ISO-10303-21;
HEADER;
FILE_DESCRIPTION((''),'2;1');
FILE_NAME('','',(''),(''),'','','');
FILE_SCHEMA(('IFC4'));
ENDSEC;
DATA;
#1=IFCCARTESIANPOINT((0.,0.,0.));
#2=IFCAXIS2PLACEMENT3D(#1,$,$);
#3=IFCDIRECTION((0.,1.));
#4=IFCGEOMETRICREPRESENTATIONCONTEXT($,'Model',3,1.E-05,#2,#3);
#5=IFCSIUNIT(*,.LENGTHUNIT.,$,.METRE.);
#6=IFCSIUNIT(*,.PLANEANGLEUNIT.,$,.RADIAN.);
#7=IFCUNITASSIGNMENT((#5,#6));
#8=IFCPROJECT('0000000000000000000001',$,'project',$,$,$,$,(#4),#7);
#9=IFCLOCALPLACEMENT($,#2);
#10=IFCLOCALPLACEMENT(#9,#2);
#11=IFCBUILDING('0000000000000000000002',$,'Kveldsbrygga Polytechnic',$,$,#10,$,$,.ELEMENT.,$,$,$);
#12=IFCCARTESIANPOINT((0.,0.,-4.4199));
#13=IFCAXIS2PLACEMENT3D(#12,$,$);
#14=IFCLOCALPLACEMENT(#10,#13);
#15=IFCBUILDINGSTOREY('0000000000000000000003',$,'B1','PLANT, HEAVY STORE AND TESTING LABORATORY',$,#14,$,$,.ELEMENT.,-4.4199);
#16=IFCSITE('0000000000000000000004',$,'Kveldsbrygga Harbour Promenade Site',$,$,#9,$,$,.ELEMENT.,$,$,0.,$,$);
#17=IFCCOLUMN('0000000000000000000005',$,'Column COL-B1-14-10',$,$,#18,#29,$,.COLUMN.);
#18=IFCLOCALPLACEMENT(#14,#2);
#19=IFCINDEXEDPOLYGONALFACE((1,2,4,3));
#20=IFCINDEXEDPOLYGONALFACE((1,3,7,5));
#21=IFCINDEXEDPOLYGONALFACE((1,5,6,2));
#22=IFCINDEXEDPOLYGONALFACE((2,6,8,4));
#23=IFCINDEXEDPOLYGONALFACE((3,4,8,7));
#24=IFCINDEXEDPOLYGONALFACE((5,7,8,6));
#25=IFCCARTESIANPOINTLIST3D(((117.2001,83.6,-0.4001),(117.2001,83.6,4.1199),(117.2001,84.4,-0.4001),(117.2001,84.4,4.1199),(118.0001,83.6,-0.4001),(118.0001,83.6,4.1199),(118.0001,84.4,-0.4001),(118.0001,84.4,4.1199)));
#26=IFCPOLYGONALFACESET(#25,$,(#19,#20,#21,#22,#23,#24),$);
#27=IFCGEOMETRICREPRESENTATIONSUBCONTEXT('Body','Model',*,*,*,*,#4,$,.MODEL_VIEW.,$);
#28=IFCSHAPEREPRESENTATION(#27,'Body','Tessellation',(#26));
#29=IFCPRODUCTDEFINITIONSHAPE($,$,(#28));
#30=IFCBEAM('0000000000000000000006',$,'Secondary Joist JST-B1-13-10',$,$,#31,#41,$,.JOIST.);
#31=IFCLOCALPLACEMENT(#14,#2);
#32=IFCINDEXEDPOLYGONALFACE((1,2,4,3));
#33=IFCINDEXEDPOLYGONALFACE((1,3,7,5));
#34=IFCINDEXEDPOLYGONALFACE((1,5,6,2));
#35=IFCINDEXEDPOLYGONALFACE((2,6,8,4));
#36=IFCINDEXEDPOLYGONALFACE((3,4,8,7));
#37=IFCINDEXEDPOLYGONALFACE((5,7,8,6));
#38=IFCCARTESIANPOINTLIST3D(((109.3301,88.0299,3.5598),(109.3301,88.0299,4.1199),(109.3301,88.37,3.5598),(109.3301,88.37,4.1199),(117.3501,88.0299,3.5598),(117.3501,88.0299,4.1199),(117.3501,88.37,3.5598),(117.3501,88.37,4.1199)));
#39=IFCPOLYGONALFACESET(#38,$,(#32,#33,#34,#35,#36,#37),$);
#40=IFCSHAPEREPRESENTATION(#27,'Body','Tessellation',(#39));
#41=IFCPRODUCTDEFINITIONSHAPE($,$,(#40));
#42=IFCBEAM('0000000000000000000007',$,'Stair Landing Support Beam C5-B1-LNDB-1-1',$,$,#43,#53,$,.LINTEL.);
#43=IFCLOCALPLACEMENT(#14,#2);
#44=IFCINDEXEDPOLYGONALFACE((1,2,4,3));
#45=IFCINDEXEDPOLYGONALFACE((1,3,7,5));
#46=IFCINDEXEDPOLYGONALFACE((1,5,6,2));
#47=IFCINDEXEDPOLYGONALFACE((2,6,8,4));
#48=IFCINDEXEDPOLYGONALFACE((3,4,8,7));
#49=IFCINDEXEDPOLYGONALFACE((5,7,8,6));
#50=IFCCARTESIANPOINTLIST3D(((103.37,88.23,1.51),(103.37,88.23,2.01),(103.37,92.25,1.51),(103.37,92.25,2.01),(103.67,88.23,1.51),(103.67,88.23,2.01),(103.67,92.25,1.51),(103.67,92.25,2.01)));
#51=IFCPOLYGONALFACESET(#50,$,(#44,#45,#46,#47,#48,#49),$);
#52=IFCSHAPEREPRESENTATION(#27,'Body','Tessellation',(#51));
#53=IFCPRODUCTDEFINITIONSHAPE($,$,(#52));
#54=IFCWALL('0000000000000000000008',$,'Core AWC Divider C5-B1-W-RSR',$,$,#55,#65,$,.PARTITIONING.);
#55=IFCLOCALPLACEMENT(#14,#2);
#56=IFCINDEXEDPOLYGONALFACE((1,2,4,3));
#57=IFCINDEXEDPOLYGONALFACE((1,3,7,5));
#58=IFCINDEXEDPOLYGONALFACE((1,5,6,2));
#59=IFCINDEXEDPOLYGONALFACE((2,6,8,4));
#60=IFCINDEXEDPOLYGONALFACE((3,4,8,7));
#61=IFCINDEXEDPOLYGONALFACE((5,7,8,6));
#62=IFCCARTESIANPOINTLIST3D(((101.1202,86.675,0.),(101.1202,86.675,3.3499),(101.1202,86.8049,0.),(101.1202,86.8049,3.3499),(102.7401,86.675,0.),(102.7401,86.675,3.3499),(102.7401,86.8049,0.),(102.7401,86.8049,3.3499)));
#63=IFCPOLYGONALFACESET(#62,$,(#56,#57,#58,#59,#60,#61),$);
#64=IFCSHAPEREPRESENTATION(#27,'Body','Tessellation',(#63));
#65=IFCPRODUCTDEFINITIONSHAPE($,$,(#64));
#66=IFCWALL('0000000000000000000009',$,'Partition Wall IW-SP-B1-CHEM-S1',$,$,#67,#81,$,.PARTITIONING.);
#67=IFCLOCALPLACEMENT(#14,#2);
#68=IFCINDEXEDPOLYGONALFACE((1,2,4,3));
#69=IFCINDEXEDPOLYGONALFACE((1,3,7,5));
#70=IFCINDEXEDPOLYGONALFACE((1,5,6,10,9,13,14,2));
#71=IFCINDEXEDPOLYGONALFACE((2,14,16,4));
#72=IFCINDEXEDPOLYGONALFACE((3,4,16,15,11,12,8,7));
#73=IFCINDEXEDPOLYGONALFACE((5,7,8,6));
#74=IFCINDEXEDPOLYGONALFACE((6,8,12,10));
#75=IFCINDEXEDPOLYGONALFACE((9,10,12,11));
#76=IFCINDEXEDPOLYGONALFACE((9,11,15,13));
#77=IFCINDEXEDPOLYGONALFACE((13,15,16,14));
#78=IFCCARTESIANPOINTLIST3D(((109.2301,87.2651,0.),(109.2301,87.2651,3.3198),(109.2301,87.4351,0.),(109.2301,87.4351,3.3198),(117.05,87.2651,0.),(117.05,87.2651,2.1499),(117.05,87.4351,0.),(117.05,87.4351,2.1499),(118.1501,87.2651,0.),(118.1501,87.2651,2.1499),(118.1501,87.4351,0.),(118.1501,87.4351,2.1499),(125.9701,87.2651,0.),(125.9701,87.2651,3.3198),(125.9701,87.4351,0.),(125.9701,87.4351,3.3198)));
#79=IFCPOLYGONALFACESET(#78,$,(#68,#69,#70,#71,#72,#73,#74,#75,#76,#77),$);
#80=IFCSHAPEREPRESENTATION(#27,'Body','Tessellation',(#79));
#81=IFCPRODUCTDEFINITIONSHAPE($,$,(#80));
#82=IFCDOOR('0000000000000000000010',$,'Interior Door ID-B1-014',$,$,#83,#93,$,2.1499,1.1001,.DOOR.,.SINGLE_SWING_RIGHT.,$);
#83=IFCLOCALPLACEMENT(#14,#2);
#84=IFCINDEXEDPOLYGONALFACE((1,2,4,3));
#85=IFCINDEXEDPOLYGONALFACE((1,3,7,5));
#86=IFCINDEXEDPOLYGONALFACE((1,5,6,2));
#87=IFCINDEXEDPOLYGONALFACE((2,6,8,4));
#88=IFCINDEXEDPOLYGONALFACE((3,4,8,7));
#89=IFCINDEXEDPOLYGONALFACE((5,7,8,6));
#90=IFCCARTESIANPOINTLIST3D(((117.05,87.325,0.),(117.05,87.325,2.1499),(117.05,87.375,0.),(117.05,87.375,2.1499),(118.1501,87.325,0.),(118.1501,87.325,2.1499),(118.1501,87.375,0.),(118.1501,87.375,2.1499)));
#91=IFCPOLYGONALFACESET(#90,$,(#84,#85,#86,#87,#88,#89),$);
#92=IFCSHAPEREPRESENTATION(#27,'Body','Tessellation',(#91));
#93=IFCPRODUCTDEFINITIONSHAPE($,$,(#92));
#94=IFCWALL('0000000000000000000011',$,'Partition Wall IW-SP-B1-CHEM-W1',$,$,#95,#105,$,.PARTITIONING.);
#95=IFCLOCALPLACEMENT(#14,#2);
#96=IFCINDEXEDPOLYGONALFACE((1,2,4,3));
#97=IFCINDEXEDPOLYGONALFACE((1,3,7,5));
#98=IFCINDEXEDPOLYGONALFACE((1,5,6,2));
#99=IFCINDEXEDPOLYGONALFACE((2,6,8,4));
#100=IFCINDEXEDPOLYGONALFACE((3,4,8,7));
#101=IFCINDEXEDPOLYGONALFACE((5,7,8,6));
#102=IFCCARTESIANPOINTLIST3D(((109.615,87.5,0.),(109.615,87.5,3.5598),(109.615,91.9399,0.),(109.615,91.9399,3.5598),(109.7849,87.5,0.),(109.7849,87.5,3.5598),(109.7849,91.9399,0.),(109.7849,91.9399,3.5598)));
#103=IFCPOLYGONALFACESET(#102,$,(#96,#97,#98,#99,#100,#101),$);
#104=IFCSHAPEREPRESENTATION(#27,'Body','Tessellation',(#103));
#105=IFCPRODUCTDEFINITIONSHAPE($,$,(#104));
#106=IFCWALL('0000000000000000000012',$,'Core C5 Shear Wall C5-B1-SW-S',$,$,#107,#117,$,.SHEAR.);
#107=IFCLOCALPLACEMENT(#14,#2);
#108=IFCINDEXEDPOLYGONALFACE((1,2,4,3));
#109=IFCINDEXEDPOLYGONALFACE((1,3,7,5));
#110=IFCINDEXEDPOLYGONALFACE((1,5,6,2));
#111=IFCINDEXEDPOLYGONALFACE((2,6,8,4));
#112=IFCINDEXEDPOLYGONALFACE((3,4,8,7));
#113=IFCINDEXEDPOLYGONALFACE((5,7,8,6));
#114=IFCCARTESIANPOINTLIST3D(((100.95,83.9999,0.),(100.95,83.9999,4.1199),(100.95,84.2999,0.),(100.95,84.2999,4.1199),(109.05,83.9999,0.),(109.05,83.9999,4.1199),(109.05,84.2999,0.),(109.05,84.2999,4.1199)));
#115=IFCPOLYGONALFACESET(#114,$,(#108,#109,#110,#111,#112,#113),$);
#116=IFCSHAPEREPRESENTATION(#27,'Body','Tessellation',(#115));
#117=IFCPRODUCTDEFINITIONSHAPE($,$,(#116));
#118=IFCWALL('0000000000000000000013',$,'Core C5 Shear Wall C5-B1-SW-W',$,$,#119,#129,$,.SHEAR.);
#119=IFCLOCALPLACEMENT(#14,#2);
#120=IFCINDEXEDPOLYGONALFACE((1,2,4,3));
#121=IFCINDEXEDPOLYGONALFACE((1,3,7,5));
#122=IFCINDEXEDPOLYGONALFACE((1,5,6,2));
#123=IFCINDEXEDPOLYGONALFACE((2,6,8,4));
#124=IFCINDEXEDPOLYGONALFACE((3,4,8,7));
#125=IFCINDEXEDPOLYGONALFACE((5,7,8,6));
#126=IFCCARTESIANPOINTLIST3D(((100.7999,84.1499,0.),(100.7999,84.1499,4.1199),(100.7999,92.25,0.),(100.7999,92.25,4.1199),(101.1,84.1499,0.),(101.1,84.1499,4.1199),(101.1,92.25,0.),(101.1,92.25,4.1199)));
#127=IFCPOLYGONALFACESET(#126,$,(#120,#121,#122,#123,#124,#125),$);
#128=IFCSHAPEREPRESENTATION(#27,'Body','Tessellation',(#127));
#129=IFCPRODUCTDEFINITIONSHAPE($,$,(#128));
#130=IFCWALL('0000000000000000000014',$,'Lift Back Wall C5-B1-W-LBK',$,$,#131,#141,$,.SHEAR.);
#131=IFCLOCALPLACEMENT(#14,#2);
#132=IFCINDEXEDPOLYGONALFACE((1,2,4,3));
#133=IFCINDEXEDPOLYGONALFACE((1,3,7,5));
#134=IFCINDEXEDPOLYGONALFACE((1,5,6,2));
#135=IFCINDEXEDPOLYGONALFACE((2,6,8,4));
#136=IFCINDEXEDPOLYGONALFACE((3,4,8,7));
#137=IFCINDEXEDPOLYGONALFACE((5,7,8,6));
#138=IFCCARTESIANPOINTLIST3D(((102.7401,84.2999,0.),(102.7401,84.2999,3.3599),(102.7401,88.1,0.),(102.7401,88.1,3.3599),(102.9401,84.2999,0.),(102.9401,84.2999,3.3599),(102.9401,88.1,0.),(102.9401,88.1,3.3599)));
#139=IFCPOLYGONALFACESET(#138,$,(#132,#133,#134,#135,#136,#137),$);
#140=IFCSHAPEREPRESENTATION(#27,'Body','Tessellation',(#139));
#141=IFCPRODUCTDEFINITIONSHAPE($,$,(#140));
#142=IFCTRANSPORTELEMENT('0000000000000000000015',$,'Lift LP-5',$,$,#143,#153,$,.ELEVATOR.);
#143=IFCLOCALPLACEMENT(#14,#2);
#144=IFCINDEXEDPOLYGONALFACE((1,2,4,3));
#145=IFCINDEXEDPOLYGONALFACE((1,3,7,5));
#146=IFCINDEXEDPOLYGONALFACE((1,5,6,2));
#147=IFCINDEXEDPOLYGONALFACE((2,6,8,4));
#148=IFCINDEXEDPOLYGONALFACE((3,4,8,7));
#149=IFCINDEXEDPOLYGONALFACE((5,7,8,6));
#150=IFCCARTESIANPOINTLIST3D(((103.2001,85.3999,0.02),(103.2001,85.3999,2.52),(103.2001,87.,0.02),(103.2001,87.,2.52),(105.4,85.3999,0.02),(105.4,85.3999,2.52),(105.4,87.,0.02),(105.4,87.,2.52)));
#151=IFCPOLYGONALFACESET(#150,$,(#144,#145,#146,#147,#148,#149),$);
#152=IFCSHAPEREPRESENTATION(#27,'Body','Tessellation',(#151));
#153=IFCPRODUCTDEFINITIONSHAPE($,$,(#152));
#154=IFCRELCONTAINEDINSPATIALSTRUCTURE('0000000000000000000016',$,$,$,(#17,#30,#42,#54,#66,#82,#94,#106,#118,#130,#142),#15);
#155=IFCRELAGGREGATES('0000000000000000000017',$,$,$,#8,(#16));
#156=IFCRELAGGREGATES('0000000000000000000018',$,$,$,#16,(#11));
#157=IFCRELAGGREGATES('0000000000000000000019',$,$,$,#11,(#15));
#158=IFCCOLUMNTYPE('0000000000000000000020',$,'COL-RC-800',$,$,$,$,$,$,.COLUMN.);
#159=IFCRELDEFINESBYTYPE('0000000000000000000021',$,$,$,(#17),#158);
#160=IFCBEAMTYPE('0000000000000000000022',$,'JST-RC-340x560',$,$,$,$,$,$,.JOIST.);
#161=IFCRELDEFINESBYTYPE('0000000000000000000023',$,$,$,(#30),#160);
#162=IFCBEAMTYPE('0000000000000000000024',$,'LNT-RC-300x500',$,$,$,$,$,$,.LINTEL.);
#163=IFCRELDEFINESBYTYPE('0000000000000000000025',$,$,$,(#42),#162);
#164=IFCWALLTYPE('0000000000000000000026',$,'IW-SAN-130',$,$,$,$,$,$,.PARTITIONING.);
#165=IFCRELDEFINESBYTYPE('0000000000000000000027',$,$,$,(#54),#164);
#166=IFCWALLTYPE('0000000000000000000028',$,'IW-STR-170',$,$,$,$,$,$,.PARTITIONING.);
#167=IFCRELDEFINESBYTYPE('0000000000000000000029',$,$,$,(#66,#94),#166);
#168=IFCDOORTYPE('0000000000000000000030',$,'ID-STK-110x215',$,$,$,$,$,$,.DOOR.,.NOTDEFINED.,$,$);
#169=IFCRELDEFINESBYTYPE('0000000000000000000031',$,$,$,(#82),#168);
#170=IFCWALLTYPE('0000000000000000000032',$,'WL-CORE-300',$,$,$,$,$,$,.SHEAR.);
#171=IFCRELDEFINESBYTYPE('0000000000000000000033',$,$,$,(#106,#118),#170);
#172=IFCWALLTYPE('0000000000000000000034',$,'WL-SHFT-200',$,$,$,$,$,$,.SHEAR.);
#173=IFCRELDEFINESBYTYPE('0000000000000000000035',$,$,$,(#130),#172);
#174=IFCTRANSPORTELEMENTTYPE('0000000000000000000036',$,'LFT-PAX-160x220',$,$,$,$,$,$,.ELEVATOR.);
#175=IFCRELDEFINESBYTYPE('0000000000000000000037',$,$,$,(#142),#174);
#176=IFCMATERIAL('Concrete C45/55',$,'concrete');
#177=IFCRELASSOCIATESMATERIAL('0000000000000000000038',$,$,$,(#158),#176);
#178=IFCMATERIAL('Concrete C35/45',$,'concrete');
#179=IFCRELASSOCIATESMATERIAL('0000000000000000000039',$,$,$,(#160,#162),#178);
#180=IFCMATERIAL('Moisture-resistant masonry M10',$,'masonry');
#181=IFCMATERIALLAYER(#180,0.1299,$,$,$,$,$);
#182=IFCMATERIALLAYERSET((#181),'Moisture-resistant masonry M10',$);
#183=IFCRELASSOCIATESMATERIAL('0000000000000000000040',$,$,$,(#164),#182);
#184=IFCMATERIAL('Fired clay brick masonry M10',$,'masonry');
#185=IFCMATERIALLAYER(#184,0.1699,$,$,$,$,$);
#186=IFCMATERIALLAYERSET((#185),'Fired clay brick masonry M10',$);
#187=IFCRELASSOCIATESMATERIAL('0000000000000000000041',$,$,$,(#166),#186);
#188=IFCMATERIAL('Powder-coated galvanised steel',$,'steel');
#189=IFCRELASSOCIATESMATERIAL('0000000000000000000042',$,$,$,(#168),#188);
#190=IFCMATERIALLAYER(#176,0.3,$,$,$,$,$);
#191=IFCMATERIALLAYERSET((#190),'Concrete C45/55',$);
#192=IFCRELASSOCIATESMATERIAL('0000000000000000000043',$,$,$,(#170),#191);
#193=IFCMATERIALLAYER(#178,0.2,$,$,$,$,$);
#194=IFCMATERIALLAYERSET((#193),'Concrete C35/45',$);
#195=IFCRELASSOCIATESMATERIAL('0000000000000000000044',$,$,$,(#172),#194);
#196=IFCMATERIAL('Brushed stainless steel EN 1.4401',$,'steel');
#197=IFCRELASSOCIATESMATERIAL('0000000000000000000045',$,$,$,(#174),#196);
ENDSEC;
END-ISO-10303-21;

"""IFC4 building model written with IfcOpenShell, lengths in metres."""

from ifc_helpers import new_model, si_unit, direction, frame, frame_2d, origin, origin_2d, place, context, subcontext, project, spatial, rectangle, extrude, material, layer, layer_set, material_profile, profile_set, type_object, element, fill, save


model = new_model("IFC4")

# Units and contexts
model_context = context("Model", 3, precision=1e-05, world=origin(), true_north=direction((0.0, 1.0)))
body_context = subcontext(model_context, "Body", "Model", "MODEL_VIEW")
ifc_project = project(units=[si_unit("LENGTHUNIT", "METRE"), si_unit("PLANEANGLEUNIT", "RADIAN")], contexts=[model_context])

# Site, building, storey
site_placement = place(None, origin())
site = spatial("IfcSite", under=ifc_project, at=site_placement, Name="Kveldsbrygga Harbour Promenade Site", CompositionType="ELEMENT", RefElevation=0.0)
building_placement = place(site_placement, origin())
building = spatial("IfcBuilding", under=site, at=building_placement, Name="Kveldsbrygga Polytechnic", CompositionType="ELEMENT")
storey_placement = place(building_placement, frame((0.0, 0.0, -4.4199)))
storey = spatial("IfcBuildingStorey", under=building, at=storey_placement, Name="B1", Description="PLANT, HEAVY STORE AND TESTING LABORATORY", CompositionType="ELEMENT", Elevation=-4.4199)

# Shared definitions
ifc_material_1 = material(Name="Concrete C45/55", Category="concrete")

# Column
ifc_material_profile_1 = material_profile(ifc_material_1, rectangle(XDim=0.8, YDim=0.8, at=origin_2d()), Name="RC 800x800")
ifc_profile_set_1 = profile_set([ifc_material_profile_1], Name="Concrete C45/55")
column_type = type_object("IfcColumnType", Name="COL-RC-800", PredefinedType="COLUMN", material=ifc_profile_set_1)
column_placement = place(storey_placement, frame((117.6001, 84.0, -0.4001), z_axis=(0.0, 0.0, 1.0), x_axis=(1.0, 0.0, 0.0)))
element("IfcColumn", 1, at=column_placement, inside=storey, type_object=column_type, Name="Column COL-B1-14-10", PredefinedType="COLUMN", context=body_context, shape_type="SweptSolid", body=[
    extrude(rectangle(XDim=0.8, YDim=0.8, at=origin_2d()), origin(), (0.0, 0.0, 1.0), 4.52),
])

# Beams
ifc_material_2 = material(Name="Concrete C35/45", Category="concrete")
ifc_material_profile_2 = material_profile(ifc_material_2, rectangle(XDim=0.3401, YDim=0.5601, at=origin_2d()), Name="RC 340x560")
ifc_profile_set_2 = profile_set([ifc_material_profile_2], Name="Concrete C35/45")
beam_type_1 = type_object("IfcBeamType", Name="JST-RC-340x560", PredefinedType="JOIST", material=ifc_profile_set_2)
beam_1_placement = place(storey_placement, frame((109.3301, 88.2, 3.8398), z_axis=(1.0, 0.0, 0.0), x_axis=(0.0, 1.0, 0.0)))
element("IfcBeam", 2, at=beam_1_placement, inside=storey, type_object=beam_type_1, Name="Secondary Joist JST-B1-13-10", PredefinedType="JOIST", context=body_context, shape_type="SweptSolid", body=[
    extrude(rectangle(XDim=0.3401, YDim=0.5601, at=origin_2d()), origin(), (0.0, 0.0, 1.0), 8.02),
])
ifc_material_profile_3 = material_profile(ifc_material_2, rectangle(XDim=0.3, YDim=0.5, at=origin_2d()), Name="RC 300x500")
ifc_profile_set_3 = profile_set([ifc_material_profile_3], Name="Concrete C35/45")
beam_type_2 = type_object("IfcBeamType", Name="LNT-RC-300x500", PredefinedType="LINTEL", material=ifc_profile_set_3)
beam_2_placement = place(storey_placement, frame((103.52, 88.23, 1.76), z_axis=(0.0, 1.0, 0.0), x_axis=(-1.0, 0.0, 0.0)))
element("IfcBeam", 3, at=beam_2_placement, inside=storey, type_object=beam_type_2, Name="Stair Landing Support Beam C5-B1-LNDB-1-1", PredefinedType="LINTEL", context=body_context, shape_type="SweptSolid", body=[
    extrude(rectangle(XDim=0.3, YDim=0.5, at=origin_2d()), origin(), (0.0, 0.0, 1.0), 4.02),
])

# Wall
ifc_material_3 = material(Name="Moisture-resistant masonry M10", Category="masonry")
ifc_layer_1 = layer(ifc_material_3, 0.1299)
ifc_layer_set_1 = layer_set([ifc_layer_1], Name="Moisture-resistant masonry M10")
wall_type_1 = type_object("IfcWallType", Name="IW-SAN-130", PredefinedType="PARTITIONING", material=ifc_layer_set_1)
wall_1_placement = place(storey_placement, frame((101.1201, 86.74, 0.0), z_axis=(0.0, 0.0, 1.0), x_axis=(1.0, 0.0, 0.0)))
element("IfcWall", 4, at=wall_1_placement, inside=storey, type_object=wall_type_1, Name="Core AWC Divider C5-B1-W-RSR", PredefinedType="PARTITIONING", context=body_context, shape_type="SweptSolid", body=[
    extrude(rectangle(XDim=1.6199, YDim=0.1299, at=frame_2d((0.8101, 0.0))), origin(), (0.0, 0.0, 1.0), 3.3499),
])

# Wall, opening, door
ifc_material_4 = material(Name="Fired clay brick masonry M10", Category="masonry")
ifc_layer_2 = layer(ifc_material_4, 0.1699)
ifc_layer_set_2 = layer_set([ifc_layer_2], Name="Fired clay brick masonry M10")
wall_type_2 = type_object("IfcWallType", Name="IW-STR-170", PredefinedType="PARTITIONING", material=ifc_layer_set_2)
wall_2_placement = place(storey_placement, frame((109.23, 87.3501, 0.0), z_axis=(0.0, 0.0, 1.0), x_axis=(1.0, 0.0, 0.0)))
wall_2 = element("IfcWall", 5, at=wall_2_placement, inside=storey, type_object=wall_type_2, Name="Partition Wall IW-SP-B1-CHEM-S1", PredefinedType="PARTITIONING", context=body_context, shape_type="SweptSolid", body=[
    extrude(rectangle(XDim=16.74, YDim=0.1699, at=frame_2d((8.3701, 0.0))), origin(), (0.0, 0.0, 1.0), 3.3198),
])
opening_1_placement = place(wall_2_placement, frame((7.8201, 0.0, 0.0)))
opening_1 = element("IfcOpeningElement", 6, at=opening_1_placement, cuts=wall_2, PredefinedType="OPENING", context=body_context, shape_type="SweptSolid", body=[
    extrude(rectangle(XDim=1.1001, YDim=2.1499, at=frame_2d((0.55, 1.075))), frame((0.0, 0.095, 0.0), z_axis=(0.0, -1.0, 0.0), x_axis=(1.0, 0.0, 0.0)), (0.0, 0.0, 1.0), 0.1899),
])
ifc_material_5 = material(Name="Powder-coated galvanised steel", Category="steel")
door_type_1 = type_object("IfcDoorType", Name="ID-STK-110x215", OperationType="NOTDEFINED", PredefinedType="DOOR", material=ifc_material_5)
door_1_placement = place(opening_1_placement, origin())
door_1 = element("IfcDoor", 7, at=door_1_placement, inside=storey, type_object=door_type_1, Name="Interior Door ID-B1-014", OperationType="SINGLE_SWING_RIGHT", OverallHeight=2.1499, OverallWidth=1.1001, PredefinedType="DOOR", context=body_context, shape_type="SweptSolid", body=[
    extrude(rectangle(XDim=1.1001, YDim=2.1499, at=frame_2d((0.55, 1.075))), frame((0.0, 0.0249, 0.0), z_axis=(0.0, -1.0, 0.0), x_axis=(1.0, 0.0, 0.0)), (0.0, 0.0, 1.0), 0.05),
])
fill(opening_1, door_1)

# Walls
wall_3_placement = place(storey_placement, frame((109.7, 87.5, 0.0), z_axis=(0.0, 0.0, 1.0), x_axis=(0.0, 1.0, 0.0)))
element("IfcWall", 8, at=wall_3_placement, inside=storey, type_object=wall_type_2, Name="Partition Wall IW-SP-B1-CHEM-W1", PredefinedType="PARTITIONING", context=body_context, shape_type="SweptSolid", body=[
    extrude(rectangle(XDim=4.4399, YDim=0.1699, at=frame_2d((2.22, 0.0))), origin(), (0.0, 0.0, 1.0), 3.5598),
])
ifc_layer_3 = layer(ifc_material_1, 0.3)
ifc_layer_set_3 = layer_set([ifc_layer_3], Name="Concrete C45/55")
wall_type_3 = type_object("IfcWallType", Name="WL-CORE-300", PredefinedType="SHEAR", material=ifc_layer_set_3)
for number, where, z_axis, x_axis, name in (
    (9, (100.95, 84.1499, 0.0), (0.0, 0.0, 1.0), (1.0, 0.0, 0.0), "Core C5 Shear Wall C5-B1-SW-S"),
    (10, (100.95, 84.1499, 0.0), (0.0, 0.0, 1.0), (0.0, 1.0, 0.0), "Core C5 Shear Wall C5-B1-SW-W"),
):
    element("IfcWall", number, at=place(storey_placement, frame(where, z_axis=z_axis, x_axis=x_axis)), inside=storey, type_object=wall_type_3, Name=name, PredefinedType="SHEAR", context=body_context, shape_type="SweptSolid", body=[
        extrude(rectangle(XDim=8.1001, YDim=0.3, at=frame_2d((4.05, 0.0))), origin(), (0.0, 0.0, 1.0), 4.1199),
    ])

# Shared definitions
ifc_layer_4 = layer(ifc_material_2, 0.2)
ifc_layer_set_4 = layer_set([ifc_layer_4], Name="Concrete C35/45")
wall_type_4 = type_object("IfcWallType", Name="WL-SHFT-200", PredefinedType="SHEAR", material=ifc_layer_set_4)
ifc_material_6 = material(Name="Brushed stainless steel EN 1.4401", Category="steel")

# Wall
wall_4_placement = place(storey_placement, frame((102.8401, 84.3, 0.0), z_axis=(0.0, 0.0, 1.0), x_axis=(0.0, 1.0, 0.0)))
element("IfcWall", 11, at=wall_4_placement, inside=storey, type_object=wall_type_4, Name="Lift Back Wall C5-B1-W-LBK", PredefinedType="SHEAR", context=body_context, shape_type="SweptSolid", body=[
    extrude(rectangle(XDim=3.8, YDim=0.2, at=frame_2d((1.8999, 0.0))), origin(), (0.0, 0.0, 1.0), 3.3599),
])

# Transport element
transport_element_type = type_object("IfcTransportElementType", Name="LFT-PAX-160x220", PredefinedType="ELEVATOR", material=ifc_material_6)
transport_element_placement = place(storey_placement, frame((104.3, 86.2, 0.02), z_axis=(0.0, 0.0, 1.0), x_axis=(1.0, 0.0, 0.0)))
element("IfcTransportElement", 12, at=transport_element_placement, inside=storey, type_object=transport_element_type, Name="Lift LP-5", PredefinedType="ELEVATOR", context=body_context, shape_type="SweptSolid", body=[
    extrude(rectangle(XDim=2.2, YDim=1.6001, at=origin_2d()), origin(), (0.0, 0.0, 1.0), 2.5),
])

save(model, "model.ifc")
